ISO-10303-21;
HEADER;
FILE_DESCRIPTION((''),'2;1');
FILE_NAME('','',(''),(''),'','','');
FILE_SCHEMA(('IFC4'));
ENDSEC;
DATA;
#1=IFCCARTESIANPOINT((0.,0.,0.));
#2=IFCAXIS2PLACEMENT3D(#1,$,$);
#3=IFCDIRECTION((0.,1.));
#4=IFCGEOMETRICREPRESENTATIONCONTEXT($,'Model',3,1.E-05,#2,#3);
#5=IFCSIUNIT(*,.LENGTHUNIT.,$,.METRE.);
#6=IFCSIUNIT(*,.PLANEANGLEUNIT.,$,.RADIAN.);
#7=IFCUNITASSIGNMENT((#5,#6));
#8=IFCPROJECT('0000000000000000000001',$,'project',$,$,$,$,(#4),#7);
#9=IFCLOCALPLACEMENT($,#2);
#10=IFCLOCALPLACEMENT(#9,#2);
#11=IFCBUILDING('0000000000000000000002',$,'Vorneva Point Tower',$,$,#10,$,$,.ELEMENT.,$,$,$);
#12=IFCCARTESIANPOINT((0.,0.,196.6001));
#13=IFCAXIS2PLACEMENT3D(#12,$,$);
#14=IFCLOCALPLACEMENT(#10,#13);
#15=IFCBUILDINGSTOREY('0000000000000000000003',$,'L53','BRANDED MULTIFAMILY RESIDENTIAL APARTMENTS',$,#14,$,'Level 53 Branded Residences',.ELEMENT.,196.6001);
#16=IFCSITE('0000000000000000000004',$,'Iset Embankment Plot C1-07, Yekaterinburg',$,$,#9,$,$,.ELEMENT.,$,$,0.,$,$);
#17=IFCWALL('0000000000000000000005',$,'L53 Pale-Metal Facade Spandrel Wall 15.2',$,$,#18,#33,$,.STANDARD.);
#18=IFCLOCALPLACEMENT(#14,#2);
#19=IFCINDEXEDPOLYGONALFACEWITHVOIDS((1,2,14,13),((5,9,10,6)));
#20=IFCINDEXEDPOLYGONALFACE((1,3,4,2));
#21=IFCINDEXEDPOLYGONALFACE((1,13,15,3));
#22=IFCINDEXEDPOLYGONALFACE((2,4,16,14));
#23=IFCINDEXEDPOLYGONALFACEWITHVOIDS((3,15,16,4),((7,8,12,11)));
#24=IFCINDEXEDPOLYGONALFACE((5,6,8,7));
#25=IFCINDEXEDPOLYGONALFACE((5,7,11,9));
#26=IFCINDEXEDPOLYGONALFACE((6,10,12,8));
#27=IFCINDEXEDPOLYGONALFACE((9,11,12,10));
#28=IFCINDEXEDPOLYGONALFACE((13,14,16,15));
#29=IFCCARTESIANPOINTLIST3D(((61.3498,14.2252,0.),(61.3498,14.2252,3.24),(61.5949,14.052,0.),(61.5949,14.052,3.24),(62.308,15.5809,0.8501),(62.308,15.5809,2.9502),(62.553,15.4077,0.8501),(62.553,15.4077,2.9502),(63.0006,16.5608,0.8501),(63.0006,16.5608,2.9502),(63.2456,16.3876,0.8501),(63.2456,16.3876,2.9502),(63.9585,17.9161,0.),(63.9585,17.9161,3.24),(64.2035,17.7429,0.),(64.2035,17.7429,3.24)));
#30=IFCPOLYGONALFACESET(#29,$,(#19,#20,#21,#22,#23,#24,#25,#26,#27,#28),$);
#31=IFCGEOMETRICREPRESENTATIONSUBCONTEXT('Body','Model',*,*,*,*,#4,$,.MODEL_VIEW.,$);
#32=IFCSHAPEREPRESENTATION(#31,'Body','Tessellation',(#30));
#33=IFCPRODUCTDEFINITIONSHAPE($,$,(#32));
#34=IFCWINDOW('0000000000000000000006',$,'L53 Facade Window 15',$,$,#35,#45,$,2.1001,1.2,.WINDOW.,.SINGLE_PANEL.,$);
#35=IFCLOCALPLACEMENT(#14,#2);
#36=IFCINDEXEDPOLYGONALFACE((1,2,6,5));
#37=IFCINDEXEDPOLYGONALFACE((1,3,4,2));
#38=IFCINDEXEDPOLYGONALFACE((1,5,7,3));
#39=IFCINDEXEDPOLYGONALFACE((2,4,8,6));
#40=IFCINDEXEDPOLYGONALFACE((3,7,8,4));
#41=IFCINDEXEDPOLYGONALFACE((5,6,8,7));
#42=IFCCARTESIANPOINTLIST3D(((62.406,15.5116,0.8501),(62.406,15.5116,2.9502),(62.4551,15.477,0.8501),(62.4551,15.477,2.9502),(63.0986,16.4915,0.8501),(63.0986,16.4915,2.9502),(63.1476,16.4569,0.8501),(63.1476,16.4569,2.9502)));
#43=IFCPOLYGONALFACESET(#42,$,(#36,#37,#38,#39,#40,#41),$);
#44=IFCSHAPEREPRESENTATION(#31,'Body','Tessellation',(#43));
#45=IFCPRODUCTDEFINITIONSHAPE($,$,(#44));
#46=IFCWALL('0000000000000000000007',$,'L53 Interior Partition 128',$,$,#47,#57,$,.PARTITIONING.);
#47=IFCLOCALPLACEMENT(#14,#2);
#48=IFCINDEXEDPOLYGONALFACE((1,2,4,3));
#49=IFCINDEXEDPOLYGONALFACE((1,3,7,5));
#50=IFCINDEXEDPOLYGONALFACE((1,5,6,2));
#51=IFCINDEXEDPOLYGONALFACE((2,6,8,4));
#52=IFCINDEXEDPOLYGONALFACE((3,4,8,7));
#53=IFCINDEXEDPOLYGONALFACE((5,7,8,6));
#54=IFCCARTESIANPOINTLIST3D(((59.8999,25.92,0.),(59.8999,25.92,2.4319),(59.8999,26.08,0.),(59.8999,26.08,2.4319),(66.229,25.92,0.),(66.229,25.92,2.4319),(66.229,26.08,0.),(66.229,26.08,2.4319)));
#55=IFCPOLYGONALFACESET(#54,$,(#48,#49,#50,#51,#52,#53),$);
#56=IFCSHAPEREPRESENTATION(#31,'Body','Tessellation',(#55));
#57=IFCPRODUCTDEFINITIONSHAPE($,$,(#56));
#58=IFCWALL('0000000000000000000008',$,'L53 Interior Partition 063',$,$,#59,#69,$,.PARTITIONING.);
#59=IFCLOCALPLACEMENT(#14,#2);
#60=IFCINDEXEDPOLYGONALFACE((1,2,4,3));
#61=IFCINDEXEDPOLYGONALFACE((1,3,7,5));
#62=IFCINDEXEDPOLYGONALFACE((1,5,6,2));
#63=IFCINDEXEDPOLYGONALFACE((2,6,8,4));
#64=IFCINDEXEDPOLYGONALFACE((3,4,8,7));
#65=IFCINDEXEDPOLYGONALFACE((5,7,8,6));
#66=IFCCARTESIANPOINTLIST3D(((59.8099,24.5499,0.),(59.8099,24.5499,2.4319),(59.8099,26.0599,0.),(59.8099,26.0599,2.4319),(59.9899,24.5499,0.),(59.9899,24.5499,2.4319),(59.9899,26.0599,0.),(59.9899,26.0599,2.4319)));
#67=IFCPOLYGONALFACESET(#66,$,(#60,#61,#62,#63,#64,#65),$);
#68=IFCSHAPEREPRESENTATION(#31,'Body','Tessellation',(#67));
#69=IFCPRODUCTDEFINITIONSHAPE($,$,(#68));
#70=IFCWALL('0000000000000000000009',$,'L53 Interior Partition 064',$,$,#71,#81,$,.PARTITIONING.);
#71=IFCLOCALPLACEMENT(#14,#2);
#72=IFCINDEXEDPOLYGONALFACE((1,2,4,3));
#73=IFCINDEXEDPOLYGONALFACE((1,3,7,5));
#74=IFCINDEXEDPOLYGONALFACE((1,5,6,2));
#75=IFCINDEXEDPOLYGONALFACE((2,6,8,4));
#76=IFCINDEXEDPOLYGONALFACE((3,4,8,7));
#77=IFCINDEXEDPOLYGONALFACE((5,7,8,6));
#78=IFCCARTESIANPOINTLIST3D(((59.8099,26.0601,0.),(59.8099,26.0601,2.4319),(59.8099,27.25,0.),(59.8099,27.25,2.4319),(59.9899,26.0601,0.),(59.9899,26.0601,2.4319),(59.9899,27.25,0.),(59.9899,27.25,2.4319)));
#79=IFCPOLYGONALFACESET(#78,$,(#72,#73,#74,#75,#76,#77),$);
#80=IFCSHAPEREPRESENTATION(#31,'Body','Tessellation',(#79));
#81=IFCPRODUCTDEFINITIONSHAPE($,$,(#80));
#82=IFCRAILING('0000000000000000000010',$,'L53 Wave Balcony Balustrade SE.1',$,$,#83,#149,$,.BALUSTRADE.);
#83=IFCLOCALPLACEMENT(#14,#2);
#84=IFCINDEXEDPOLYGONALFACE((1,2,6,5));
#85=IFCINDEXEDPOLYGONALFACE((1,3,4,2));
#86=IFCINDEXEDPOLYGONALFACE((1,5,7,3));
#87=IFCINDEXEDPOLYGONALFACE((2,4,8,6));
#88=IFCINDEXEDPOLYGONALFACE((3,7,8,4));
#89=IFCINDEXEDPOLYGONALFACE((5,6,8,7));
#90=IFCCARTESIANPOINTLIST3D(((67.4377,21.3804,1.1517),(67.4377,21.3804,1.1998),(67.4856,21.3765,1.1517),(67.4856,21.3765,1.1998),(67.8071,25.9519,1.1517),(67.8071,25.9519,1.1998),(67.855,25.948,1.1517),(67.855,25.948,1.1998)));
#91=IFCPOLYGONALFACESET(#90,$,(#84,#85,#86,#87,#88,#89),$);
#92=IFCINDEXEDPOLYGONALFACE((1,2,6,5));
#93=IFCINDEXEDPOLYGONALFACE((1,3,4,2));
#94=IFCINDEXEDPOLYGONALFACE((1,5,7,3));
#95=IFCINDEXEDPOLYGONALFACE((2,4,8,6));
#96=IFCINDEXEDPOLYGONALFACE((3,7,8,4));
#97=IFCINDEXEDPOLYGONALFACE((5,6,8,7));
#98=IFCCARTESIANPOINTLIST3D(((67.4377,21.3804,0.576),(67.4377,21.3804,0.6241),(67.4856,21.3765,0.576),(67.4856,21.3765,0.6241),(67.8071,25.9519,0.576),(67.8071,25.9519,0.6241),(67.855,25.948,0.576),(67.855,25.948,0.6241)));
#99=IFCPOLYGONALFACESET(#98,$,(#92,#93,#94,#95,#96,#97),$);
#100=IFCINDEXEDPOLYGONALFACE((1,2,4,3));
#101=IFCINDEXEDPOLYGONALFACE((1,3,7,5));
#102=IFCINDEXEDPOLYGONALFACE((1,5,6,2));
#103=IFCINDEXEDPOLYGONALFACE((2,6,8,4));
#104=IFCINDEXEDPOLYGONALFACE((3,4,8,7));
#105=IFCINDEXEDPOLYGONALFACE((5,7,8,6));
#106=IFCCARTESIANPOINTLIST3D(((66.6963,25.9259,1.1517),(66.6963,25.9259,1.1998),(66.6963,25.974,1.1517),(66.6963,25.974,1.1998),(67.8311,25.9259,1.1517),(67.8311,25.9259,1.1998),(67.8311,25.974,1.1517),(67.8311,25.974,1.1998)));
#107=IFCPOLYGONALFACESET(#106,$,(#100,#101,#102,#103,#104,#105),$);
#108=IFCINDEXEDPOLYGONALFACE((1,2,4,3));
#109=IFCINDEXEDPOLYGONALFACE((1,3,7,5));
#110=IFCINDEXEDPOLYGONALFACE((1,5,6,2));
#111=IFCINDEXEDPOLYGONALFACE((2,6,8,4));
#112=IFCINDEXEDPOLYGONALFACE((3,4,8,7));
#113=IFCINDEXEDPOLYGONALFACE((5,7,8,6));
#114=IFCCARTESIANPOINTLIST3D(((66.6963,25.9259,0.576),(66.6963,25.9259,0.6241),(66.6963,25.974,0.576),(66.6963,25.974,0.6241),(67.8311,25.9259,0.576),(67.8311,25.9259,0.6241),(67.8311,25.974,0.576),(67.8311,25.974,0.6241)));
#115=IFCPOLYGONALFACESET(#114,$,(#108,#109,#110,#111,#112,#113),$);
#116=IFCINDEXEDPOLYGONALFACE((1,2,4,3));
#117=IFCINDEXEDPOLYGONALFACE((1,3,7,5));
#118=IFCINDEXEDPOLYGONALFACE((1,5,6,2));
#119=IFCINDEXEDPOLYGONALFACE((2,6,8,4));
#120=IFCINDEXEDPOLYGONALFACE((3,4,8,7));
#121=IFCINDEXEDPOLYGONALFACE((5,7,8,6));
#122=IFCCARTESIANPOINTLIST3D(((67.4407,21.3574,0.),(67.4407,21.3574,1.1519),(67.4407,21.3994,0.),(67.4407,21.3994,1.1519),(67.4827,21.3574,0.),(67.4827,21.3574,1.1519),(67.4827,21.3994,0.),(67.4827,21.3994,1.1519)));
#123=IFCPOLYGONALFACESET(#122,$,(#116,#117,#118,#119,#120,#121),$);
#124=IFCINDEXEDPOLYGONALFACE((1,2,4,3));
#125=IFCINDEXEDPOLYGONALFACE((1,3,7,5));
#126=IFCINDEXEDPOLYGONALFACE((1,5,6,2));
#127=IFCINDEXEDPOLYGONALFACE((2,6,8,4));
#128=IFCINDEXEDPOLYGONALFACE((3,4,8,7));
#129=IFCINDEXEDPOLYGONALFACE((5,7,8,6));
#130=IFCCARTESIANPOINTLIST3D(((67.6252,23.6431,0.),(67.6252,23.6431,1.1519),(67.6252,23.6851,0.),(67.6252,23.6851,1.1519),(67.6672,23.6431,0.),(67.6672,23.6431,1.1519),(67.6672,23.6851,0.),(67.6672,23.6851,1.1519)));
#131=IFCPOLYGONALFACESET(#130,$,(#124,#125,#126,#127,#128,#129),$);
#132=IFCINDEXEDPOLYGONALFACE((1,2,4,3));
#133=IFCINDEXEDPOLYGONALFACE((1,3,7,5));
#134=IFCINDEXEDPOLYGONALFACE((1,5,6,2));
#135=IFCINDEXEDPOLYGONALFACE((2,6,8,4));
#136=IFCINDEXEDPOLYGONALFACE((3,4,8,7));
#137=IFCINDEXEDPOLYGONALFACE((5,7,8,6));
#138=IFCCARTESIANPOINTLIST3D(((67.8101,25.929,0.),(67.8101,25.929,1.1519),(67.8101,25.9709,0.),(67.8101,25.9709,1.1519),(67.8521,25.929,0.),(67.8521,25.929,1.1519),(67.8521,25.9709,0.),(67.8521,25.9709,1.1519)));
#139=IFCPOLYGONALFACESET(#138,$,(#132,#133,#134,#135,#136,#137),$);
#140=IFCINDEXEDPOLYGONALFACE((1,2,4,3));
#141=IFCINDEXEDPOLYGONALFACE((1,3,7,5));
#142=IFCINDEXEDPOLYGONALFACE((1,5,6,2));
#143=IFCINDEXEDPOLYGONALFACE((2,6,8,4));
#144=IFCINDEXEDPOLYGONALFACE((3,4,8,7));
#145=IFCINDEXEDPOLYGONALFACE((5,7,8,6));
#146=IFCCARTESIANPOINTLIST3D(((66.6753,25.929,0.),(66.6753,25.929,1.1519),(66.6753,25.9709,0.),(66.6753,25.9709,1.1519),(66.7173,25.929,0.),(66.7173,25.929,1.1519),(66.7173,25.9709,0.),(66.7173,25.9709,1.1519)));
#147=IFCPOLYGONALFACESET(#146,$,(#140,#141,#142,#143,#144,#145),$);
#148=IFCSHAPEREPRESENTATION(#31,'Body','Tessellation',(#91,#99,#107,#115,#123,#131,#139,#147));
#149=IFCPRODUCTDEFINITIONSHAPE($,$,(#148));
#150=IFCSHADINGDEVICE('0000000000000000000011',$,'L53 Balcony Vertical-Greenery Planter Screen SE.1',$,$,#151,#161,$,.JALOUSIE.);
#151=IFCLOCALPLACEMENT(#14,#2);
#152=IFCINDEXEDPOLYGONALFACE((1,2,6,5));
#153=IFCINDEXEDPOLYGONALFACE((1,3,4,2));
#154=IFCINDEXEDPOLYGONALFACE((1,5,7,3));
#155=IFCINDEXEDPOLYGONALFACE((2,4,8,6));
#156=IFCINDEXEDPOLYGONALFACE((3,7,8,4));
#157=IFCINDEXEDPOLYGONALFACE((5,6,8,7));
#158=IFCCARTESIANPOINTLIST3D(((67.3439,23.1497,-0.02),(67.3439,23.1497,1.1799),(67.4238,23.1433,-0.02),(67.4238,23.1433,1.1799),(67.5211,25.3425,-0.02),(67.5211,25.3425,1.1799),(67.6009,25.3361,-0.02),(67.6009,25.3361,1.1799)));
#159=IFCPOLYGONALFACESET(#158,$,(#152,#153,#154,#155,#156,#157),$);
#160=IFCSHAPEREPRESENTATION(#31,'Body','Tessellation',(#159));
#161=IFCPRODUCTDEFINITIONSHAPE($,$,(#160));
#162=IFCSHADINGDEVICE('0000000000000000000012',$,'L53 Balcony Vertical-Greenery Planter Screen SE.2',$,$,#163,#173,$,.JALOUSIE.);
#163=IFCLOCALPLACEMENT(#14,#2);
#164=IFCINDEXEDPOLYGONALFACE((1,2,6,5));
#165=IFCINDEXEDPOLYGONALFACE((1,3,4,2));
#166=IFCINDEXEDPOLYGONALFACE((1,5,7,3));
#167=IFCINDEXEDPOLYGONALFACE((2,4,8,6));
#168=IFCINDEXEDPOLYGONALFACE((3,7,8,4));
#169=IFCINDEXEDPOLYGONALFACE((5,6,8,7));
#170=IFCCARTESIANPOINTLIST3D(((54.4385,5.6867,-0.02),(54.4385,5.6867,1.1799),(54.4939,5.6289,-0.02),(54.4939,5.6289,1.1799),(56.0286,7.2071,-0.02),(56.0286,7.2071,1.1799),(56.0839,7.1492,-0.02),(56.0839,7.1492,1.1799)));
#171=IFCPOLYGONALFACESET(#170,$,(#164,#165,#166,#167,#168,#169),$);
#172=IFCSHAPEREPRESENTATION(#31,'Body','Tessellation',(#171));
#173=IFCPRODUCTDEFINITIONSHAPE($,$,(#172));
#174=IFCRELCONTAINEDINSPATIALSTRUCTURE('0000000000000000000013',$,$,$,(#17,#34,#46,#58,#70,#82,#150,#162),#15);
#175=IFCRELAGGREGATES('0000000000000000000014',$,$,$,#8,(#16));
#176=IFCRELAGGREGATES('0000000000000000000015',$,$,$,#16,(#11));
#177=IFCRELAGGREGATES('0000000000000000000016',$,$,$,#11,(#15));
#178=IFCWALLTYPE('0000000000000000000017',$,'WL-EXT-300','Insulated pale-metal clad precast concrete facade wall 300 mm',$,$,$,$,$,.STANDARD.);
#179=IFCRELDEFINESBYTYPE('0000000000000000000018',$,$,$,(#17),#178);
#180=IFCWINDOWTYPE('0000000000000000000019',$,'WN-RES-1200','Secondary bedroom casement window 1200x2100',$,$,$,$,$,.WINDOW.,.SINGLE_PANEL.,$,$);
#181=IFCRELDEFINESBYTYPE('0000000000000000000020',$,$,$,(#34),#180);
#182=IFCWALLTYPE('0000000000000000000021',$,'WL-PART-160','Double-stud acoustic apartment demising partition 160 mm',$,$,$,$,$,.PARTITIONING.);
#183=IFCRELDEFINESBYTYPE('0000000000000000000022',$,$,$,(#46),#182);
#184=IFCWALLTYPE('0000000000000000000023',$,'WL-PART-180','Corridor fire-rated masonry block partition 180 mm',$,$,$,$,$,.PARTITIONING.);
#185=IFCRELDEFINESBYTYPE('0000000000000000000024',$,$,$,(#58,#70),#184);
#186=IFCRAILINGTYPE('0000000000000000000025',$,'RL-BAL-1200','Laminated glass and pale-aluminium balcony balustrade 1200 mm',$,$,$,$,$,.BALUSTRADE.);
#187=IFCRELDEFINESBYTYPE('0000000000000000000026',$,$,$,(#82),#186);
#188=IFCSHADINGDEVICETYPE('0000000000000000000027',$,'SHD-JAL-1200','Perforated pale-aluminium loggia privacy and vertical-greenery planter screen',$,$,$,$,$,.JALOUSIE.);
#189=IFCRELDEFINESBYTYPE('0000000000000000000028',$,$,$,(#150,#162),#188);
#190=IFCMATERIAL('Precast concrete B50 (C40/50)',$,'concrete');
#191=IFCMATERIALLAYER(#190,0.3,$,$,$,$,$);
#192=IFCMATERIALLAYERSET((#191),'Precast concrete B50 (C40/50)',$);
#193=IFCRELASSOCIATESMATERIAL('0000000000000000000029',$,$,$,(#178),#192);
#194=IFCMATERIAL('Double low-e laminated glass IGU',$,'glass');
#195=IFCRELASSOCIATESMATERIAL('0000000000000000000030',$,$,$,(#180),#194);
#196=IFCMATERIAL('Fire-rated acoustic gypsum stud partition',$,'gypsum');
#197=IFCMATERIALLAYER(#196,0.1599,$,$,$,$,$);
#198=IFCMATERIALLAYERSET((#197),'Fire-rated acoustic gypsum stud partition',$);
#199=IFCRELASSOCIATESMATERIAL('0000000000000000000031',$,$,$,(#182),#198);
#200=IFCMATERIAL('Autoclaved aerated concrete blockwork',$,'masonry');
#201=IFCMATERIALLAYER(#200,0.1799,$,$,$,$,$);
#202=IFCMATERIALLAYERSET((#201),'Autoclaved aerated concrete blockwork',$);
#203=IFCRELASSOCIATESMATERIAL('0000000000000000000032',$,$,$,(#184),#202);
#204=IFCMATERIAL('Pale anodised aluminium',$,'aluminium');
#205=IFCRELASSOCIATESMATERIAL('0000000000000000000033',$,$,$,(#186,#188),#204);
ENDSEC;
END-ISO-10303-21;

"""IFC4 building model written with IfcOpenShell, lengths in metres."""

from ifc_helpers import new_model, si_unit, direction, frame, frame_2d, origin, origin_2d, place, context, subcontext, project, spatial, rectangle, extrude, material, layer, layer_set, type_object, element, fill, save


model = new_model("IFC4")

# Units and contexts
model_context = context("Model", 3, precision=1e-05, world=origin(), true_north=direction((0.0, 1.0)))
body_context = subcontext(model_context, "Body", "Model", "MODEL_VIEW")
ifc_project = project(units=[si_unit("LENGTHUNIT", "METRE"), si_unit("PLANEANGLEUNIT", "RADIAN")], contexts=[model_context])

# Site, building, storey
site_placement = place(None, origin())
site = spatial("IfcSite", under=ifc_project, at=site_placement, Name="Iset Embankment Plot C1-07, Yekaterinburg", CompositionType="ELEMENT", RefElevation=0.0)
building_placement = place(site_placement, origin())
building = spatial("IfcBuilding", under=site, at=building_placement, Name="Vorneva Point Tower", CompositionType="ELEMENT")
storey_placement = place(building_placement, frame((0.0, 0.0, 196.6001)))
storey = spatial("IfcBuildingStorey", under=building, at=storey_placement, Name="L53", Description="BRANDED MULTIFAMILY RESIDENTIAL APARTMENTS", LongName="Level 53 Branded Residences", CompositionType="ELEMENT", Elevation=196.6001)

# Shared definitions
ifc_material_1 = material(Name="Pale anodised aluminium", Category="aluminium")

# Shared definitions
ifc_material_2 = material(Name="Double low-e laminated glass IGU", Category="glass")

# Shared definitions
ifc_material_3 = material(Name="Precast concrete B50 (C40/50)", Category="concrete")
ifc_layer_1 = layer(ifc_material_3, 0.3)
ifc_layer_set_1 = layer_set([ifc_layer_1], Name="Precast concrete B50 (C40/50)")
wall_type_1 = type_object("IfcWallType", Name="WL-EXT-300", Description="Insulated pale-metal clad precast concrete facade wall 300 mm", PredefinedType="STANDARD", material=ifc_layer_set_1)

# Wall, opening, window
wall_1_placement = place(storey_placement, frame((61.4724, 14.1387, 0.0), z_axis=(0.0, 0.0, 1.0), x_axis=(0.577169, 0.816625, 0.0)))
wall_1 = element("IfcWall", 1, at=wall_1_placement, inside=storey, type_object=wall_type_1, Name="L53 Pale-Metal Facade Spandrel Wall 15.2", PredefinedType="STANDARD", context=body_context, shape_type="SweptSolid", body=[
    extrude(rectangle(XDim=4.5198, YDim=0.3, at=frame_2d((2.2598, 0.0))), origin(), (0.0, 0.0, 1.0), 3.24),
])
opening_1_placement = place(wall_1_placement, frame((1.6599, 0.0, 0.8501)))
opening_1 = element("IfcOpeningElement", 2, at=opening_1_placement, cuts=wall_1, PredefinedType="OPENING", context=body_context, shape_type="SweptSolid", body=[
    extrude(rectangle(XDim=1.2, YDim=2.1001, at=frame_2d((0.6001, 1.05))), frame((0.0, 0.165, 0.0), z_axis=(0.0, -1.0, 0.0), x_axis=(1.0, 0.0, 0.0)), (0.0, 0.0, 1.0), 0.3298),
])
window_type = type_object("IfcWindowType", Name="WN-RES-1200", Description="Secondary bedroom casement window 1200x2100", PartitioningType="SINGLE_PANEL", PredefinedType="WINDOW", material=ifc_material_2)
window_placement = place(opening_1_placement, origin())
window = element("IfcWindow", 3, at=window_placement, inside=storey, type_object=window_type, Name="L53 Facade Window 15", OverallHeight=2.1001, OverallWidth=1.2, PartitioningType="SINGLE_PANEL", PredefinedType="WINDOW", context=body_context, shape_type="SweptSolid", body=[
    extrude(rectangle(XDim=1.2, YDim=2.1001, at=frame_2d((0.6001, 1.05))), frame((0.0, 0.03, 0.0), z_axis=(0.0, -1.0, 0.0), x_axis=(1.0, 0.0, 0.0)), (0.0, 0.0, 1.0), 0.0601),
])
fill(opening_1, window)

# Walls
ifc_material_4 = material(Name="Fire-rated acoustic gypsum stud partition", Category="gypsum")
ifc_layer_2 = layer(ifc_material_4, 0.1599)
ifc_layer_set_2 = layer_set([ifc_layer_2], Name="Fire-rated acoustic gypsum stud partition")
wall_type_2 = type_object("IfcWallType", Name="WL-PART-160", Description="Double-stud acoustic apartment demising partition 160 mm", PredefinedType="PARTITIONING", material=ifc_layer_set_2)
wall_2_placement = place(storey_placement, frame((66.229, 26.0, 0.0), z_axis=(0.0, 0.0, 1.0), x_axis=(-1.0, 0.0, 0.0)))
element("IfcWall", 4, at=wall_2_placement, inside=storey, type_object=wall_type_2, Name="L53 Interior Partition 128", PredefinedType="PARTITIONING", context=body_context, shape_type="SweptSolid", body=[
    extrude(rectangle(XDim=6.3291, YDim=0.1599, at=frame_2d((3.1646, 0.0))), origin(), (0.0, 0.0, 1.0), 2.4319),
])
ifc_material_5 = material(Name="Autoclaved aerated concrete blockwork", Category="masonry")
ifc_layer_3 = layer(ifc_material_5, 0.1799)
ifc_layer_set_3 = layer_set([ifc_layer_3], Name="Autoclaved aerated concrete blockwork")
wall_type_3 = type_object("IfcWallType", Name="WL-PART-180", Description="Corridor fire-rated masonry block partition 180 mm", PredefinedType="PARTITIONING", material=ifc_layer_set_3)
wall_3_placement = place(storey_placement, frame((59.8999, 24.55, 0.0), z_axis=(0.0, 0.0, 1.0), x_axis=(0.0, 1.0, 0.0)))
element("IfcWall", 5, at=wall_3_placement, inside=storey, type_object=wall_type_3, Name="L53 Interior Partition 063", PredefinedType="PARTITIONING", context=body_context, shape_type="SweptSolid", body=[
    extrude(rectangle(XDim=1.51, YDim=0.1799, at=frame_2d((0.7549, 0.0))), origin(), (0.0, 0.0, 1.0), 2.4319),
])
wall_4_placement = place(storey_placement, frame((59.8999, 26.0601, 0.0), z_axis=(0.0, 0.0, 1.0), x_axis=(0.0, 1.0, 0.0)))
element("IfcWall", 6, at=wall_4_placement, inside=storey, type_object=wall_type_3, Name="L53 Interior Partition 064", PredefinedType="PARTITIONING", context=body_context, shape_type="SweptSolid", body=[
    extrude(rectangle(XDim=1.1899, YDim=0.1799, at=frame_2d((0.595, 0.0))), origin(), (0.0, 0.0, 1.0), 2.4319),
])

# Railing
railing_type = type_object("IfcRailingType", Name="RL-BAL-1200", Description="Laminated glass and pale-aluminium balcony balustrade 1200 mm", PredefinedType="BALUSTRADE", material=ifc_material_1)
railing_placement = place(storey_placement, frame((67.4617, 21.3784, 0.0)))
element("IfcRailing", 7, at=railing_placement, inside=storey, type_object=railing_type, Name="L53 Wave Balcony Balustrade SE.1", PredefinedType="BALUSTRADE", context=body_context, shape_type="SweptSolid", body=[
    extrude(rectangle(XDim=0.0481, YDim=0.0481, at=origin_2d()), frame((0.0, 0.0, 1.1758), z_axis=(0.080539, 0.996751, 0.0), x_axis=(-0.996751, 0.080539, 0.0)), (0.0, 0.0, 1.0), 4.5864),
    extrude(rectangle(XDim=0.0481, YDim=0.0481, at=origin_2d()), frame((0.0, 0.0, 0.6001), z_axis=(0.080539, 0.996751, 0.0), x_axis=(-0.996751, 0.080539, 0.0)), (0.0, 0.0, 1.0), 4.5864),
    extrude(rectangle(XDim=0.0481, YDim=0.0481, at=origin_2d()), frame((0.3694, 4.5715, 1.1758), z_axis=(-1.0, 0.0, 0.0), x_axis=(0.0, -1.0, 0.0)), (0.0, 0.0, 1.0), 1.1348),
    extrude(rectangle(XDim=0.0481, YDim=0.0481, at=origin_2d()), frame((0.3694, 4.5715, 0.6001), z_axis=(-1.0, 0.0, 0.0), x_axis=(0.0, -1.0, 0.0)), (0.0, 0.0, 1.0), 1.1348),
    extrude(rectangle(XDim=0.042, YDim=0.042, at=origin_2d()), origin(), (0.0, 0.0, 1.0), 1.1519),
    extrude(rectangle(XDim=0.042, YDim=0.042, at=origin_2d()), frame((0.1846, 2.2856, 0.0)), (0.0, 0.0, 1.0), 1.1519),
    extrude(rectangle(XDim=0.042, YDim=0.042, at=origin_2d()), frame((0.3694, 4.5715, 0.0)), (0.0, 0.0, 1.0), 1.1519),
    extrude(rectangle(XDim=0.042, YDim=0.042, at=origin_2d()), frame((-0.7654, 4.5715, 0.0)), (0.0, 0.0, 1.0), 1.1519),
])

# Shading devices
shading_device_type = type_object("IfcShadingDeviceType", Name="SHD-JAL-1200", Description="Perforated pale-aluminium loggia privacy and vertical-greenery planter screen", PredefinedType="JALOUSIE", material=ifc_material_1)
for number, where, z_axis, x_axis, name in (
    (8, (67.4724, 24.2429, -0.02), (0.0, 0.0, 1.0), (0.080512, 0.996754, 0.0), "L53 Balcony Vertical-Greenery Planter Screen SE.1"),
    (9, (55.2612, 6.418, -0.02), (0.0, 0.0, 1.0), (0.722774, 0.691084, 0.0), "L53 Balcony Vertical-Greenery Planter Screen SE.2"),
):
    element("IfcShadingDevice", number, at=place(storey_placement, frame(where, z_axis=z_axis, x_axis=x_axis)), inside=storey, type_object=shading_device_type, Name=name, PredefinedType="JALOUSIE", context=body_context, shape_type="SweptSolid", body=[
        extrude(rectangle(XDim=2.2, YDim=0.0801, at=origin_2d()), origin(), (0.0, 0.0, 1.0), 1.2),
    ])

save(model, "model.ifc")
